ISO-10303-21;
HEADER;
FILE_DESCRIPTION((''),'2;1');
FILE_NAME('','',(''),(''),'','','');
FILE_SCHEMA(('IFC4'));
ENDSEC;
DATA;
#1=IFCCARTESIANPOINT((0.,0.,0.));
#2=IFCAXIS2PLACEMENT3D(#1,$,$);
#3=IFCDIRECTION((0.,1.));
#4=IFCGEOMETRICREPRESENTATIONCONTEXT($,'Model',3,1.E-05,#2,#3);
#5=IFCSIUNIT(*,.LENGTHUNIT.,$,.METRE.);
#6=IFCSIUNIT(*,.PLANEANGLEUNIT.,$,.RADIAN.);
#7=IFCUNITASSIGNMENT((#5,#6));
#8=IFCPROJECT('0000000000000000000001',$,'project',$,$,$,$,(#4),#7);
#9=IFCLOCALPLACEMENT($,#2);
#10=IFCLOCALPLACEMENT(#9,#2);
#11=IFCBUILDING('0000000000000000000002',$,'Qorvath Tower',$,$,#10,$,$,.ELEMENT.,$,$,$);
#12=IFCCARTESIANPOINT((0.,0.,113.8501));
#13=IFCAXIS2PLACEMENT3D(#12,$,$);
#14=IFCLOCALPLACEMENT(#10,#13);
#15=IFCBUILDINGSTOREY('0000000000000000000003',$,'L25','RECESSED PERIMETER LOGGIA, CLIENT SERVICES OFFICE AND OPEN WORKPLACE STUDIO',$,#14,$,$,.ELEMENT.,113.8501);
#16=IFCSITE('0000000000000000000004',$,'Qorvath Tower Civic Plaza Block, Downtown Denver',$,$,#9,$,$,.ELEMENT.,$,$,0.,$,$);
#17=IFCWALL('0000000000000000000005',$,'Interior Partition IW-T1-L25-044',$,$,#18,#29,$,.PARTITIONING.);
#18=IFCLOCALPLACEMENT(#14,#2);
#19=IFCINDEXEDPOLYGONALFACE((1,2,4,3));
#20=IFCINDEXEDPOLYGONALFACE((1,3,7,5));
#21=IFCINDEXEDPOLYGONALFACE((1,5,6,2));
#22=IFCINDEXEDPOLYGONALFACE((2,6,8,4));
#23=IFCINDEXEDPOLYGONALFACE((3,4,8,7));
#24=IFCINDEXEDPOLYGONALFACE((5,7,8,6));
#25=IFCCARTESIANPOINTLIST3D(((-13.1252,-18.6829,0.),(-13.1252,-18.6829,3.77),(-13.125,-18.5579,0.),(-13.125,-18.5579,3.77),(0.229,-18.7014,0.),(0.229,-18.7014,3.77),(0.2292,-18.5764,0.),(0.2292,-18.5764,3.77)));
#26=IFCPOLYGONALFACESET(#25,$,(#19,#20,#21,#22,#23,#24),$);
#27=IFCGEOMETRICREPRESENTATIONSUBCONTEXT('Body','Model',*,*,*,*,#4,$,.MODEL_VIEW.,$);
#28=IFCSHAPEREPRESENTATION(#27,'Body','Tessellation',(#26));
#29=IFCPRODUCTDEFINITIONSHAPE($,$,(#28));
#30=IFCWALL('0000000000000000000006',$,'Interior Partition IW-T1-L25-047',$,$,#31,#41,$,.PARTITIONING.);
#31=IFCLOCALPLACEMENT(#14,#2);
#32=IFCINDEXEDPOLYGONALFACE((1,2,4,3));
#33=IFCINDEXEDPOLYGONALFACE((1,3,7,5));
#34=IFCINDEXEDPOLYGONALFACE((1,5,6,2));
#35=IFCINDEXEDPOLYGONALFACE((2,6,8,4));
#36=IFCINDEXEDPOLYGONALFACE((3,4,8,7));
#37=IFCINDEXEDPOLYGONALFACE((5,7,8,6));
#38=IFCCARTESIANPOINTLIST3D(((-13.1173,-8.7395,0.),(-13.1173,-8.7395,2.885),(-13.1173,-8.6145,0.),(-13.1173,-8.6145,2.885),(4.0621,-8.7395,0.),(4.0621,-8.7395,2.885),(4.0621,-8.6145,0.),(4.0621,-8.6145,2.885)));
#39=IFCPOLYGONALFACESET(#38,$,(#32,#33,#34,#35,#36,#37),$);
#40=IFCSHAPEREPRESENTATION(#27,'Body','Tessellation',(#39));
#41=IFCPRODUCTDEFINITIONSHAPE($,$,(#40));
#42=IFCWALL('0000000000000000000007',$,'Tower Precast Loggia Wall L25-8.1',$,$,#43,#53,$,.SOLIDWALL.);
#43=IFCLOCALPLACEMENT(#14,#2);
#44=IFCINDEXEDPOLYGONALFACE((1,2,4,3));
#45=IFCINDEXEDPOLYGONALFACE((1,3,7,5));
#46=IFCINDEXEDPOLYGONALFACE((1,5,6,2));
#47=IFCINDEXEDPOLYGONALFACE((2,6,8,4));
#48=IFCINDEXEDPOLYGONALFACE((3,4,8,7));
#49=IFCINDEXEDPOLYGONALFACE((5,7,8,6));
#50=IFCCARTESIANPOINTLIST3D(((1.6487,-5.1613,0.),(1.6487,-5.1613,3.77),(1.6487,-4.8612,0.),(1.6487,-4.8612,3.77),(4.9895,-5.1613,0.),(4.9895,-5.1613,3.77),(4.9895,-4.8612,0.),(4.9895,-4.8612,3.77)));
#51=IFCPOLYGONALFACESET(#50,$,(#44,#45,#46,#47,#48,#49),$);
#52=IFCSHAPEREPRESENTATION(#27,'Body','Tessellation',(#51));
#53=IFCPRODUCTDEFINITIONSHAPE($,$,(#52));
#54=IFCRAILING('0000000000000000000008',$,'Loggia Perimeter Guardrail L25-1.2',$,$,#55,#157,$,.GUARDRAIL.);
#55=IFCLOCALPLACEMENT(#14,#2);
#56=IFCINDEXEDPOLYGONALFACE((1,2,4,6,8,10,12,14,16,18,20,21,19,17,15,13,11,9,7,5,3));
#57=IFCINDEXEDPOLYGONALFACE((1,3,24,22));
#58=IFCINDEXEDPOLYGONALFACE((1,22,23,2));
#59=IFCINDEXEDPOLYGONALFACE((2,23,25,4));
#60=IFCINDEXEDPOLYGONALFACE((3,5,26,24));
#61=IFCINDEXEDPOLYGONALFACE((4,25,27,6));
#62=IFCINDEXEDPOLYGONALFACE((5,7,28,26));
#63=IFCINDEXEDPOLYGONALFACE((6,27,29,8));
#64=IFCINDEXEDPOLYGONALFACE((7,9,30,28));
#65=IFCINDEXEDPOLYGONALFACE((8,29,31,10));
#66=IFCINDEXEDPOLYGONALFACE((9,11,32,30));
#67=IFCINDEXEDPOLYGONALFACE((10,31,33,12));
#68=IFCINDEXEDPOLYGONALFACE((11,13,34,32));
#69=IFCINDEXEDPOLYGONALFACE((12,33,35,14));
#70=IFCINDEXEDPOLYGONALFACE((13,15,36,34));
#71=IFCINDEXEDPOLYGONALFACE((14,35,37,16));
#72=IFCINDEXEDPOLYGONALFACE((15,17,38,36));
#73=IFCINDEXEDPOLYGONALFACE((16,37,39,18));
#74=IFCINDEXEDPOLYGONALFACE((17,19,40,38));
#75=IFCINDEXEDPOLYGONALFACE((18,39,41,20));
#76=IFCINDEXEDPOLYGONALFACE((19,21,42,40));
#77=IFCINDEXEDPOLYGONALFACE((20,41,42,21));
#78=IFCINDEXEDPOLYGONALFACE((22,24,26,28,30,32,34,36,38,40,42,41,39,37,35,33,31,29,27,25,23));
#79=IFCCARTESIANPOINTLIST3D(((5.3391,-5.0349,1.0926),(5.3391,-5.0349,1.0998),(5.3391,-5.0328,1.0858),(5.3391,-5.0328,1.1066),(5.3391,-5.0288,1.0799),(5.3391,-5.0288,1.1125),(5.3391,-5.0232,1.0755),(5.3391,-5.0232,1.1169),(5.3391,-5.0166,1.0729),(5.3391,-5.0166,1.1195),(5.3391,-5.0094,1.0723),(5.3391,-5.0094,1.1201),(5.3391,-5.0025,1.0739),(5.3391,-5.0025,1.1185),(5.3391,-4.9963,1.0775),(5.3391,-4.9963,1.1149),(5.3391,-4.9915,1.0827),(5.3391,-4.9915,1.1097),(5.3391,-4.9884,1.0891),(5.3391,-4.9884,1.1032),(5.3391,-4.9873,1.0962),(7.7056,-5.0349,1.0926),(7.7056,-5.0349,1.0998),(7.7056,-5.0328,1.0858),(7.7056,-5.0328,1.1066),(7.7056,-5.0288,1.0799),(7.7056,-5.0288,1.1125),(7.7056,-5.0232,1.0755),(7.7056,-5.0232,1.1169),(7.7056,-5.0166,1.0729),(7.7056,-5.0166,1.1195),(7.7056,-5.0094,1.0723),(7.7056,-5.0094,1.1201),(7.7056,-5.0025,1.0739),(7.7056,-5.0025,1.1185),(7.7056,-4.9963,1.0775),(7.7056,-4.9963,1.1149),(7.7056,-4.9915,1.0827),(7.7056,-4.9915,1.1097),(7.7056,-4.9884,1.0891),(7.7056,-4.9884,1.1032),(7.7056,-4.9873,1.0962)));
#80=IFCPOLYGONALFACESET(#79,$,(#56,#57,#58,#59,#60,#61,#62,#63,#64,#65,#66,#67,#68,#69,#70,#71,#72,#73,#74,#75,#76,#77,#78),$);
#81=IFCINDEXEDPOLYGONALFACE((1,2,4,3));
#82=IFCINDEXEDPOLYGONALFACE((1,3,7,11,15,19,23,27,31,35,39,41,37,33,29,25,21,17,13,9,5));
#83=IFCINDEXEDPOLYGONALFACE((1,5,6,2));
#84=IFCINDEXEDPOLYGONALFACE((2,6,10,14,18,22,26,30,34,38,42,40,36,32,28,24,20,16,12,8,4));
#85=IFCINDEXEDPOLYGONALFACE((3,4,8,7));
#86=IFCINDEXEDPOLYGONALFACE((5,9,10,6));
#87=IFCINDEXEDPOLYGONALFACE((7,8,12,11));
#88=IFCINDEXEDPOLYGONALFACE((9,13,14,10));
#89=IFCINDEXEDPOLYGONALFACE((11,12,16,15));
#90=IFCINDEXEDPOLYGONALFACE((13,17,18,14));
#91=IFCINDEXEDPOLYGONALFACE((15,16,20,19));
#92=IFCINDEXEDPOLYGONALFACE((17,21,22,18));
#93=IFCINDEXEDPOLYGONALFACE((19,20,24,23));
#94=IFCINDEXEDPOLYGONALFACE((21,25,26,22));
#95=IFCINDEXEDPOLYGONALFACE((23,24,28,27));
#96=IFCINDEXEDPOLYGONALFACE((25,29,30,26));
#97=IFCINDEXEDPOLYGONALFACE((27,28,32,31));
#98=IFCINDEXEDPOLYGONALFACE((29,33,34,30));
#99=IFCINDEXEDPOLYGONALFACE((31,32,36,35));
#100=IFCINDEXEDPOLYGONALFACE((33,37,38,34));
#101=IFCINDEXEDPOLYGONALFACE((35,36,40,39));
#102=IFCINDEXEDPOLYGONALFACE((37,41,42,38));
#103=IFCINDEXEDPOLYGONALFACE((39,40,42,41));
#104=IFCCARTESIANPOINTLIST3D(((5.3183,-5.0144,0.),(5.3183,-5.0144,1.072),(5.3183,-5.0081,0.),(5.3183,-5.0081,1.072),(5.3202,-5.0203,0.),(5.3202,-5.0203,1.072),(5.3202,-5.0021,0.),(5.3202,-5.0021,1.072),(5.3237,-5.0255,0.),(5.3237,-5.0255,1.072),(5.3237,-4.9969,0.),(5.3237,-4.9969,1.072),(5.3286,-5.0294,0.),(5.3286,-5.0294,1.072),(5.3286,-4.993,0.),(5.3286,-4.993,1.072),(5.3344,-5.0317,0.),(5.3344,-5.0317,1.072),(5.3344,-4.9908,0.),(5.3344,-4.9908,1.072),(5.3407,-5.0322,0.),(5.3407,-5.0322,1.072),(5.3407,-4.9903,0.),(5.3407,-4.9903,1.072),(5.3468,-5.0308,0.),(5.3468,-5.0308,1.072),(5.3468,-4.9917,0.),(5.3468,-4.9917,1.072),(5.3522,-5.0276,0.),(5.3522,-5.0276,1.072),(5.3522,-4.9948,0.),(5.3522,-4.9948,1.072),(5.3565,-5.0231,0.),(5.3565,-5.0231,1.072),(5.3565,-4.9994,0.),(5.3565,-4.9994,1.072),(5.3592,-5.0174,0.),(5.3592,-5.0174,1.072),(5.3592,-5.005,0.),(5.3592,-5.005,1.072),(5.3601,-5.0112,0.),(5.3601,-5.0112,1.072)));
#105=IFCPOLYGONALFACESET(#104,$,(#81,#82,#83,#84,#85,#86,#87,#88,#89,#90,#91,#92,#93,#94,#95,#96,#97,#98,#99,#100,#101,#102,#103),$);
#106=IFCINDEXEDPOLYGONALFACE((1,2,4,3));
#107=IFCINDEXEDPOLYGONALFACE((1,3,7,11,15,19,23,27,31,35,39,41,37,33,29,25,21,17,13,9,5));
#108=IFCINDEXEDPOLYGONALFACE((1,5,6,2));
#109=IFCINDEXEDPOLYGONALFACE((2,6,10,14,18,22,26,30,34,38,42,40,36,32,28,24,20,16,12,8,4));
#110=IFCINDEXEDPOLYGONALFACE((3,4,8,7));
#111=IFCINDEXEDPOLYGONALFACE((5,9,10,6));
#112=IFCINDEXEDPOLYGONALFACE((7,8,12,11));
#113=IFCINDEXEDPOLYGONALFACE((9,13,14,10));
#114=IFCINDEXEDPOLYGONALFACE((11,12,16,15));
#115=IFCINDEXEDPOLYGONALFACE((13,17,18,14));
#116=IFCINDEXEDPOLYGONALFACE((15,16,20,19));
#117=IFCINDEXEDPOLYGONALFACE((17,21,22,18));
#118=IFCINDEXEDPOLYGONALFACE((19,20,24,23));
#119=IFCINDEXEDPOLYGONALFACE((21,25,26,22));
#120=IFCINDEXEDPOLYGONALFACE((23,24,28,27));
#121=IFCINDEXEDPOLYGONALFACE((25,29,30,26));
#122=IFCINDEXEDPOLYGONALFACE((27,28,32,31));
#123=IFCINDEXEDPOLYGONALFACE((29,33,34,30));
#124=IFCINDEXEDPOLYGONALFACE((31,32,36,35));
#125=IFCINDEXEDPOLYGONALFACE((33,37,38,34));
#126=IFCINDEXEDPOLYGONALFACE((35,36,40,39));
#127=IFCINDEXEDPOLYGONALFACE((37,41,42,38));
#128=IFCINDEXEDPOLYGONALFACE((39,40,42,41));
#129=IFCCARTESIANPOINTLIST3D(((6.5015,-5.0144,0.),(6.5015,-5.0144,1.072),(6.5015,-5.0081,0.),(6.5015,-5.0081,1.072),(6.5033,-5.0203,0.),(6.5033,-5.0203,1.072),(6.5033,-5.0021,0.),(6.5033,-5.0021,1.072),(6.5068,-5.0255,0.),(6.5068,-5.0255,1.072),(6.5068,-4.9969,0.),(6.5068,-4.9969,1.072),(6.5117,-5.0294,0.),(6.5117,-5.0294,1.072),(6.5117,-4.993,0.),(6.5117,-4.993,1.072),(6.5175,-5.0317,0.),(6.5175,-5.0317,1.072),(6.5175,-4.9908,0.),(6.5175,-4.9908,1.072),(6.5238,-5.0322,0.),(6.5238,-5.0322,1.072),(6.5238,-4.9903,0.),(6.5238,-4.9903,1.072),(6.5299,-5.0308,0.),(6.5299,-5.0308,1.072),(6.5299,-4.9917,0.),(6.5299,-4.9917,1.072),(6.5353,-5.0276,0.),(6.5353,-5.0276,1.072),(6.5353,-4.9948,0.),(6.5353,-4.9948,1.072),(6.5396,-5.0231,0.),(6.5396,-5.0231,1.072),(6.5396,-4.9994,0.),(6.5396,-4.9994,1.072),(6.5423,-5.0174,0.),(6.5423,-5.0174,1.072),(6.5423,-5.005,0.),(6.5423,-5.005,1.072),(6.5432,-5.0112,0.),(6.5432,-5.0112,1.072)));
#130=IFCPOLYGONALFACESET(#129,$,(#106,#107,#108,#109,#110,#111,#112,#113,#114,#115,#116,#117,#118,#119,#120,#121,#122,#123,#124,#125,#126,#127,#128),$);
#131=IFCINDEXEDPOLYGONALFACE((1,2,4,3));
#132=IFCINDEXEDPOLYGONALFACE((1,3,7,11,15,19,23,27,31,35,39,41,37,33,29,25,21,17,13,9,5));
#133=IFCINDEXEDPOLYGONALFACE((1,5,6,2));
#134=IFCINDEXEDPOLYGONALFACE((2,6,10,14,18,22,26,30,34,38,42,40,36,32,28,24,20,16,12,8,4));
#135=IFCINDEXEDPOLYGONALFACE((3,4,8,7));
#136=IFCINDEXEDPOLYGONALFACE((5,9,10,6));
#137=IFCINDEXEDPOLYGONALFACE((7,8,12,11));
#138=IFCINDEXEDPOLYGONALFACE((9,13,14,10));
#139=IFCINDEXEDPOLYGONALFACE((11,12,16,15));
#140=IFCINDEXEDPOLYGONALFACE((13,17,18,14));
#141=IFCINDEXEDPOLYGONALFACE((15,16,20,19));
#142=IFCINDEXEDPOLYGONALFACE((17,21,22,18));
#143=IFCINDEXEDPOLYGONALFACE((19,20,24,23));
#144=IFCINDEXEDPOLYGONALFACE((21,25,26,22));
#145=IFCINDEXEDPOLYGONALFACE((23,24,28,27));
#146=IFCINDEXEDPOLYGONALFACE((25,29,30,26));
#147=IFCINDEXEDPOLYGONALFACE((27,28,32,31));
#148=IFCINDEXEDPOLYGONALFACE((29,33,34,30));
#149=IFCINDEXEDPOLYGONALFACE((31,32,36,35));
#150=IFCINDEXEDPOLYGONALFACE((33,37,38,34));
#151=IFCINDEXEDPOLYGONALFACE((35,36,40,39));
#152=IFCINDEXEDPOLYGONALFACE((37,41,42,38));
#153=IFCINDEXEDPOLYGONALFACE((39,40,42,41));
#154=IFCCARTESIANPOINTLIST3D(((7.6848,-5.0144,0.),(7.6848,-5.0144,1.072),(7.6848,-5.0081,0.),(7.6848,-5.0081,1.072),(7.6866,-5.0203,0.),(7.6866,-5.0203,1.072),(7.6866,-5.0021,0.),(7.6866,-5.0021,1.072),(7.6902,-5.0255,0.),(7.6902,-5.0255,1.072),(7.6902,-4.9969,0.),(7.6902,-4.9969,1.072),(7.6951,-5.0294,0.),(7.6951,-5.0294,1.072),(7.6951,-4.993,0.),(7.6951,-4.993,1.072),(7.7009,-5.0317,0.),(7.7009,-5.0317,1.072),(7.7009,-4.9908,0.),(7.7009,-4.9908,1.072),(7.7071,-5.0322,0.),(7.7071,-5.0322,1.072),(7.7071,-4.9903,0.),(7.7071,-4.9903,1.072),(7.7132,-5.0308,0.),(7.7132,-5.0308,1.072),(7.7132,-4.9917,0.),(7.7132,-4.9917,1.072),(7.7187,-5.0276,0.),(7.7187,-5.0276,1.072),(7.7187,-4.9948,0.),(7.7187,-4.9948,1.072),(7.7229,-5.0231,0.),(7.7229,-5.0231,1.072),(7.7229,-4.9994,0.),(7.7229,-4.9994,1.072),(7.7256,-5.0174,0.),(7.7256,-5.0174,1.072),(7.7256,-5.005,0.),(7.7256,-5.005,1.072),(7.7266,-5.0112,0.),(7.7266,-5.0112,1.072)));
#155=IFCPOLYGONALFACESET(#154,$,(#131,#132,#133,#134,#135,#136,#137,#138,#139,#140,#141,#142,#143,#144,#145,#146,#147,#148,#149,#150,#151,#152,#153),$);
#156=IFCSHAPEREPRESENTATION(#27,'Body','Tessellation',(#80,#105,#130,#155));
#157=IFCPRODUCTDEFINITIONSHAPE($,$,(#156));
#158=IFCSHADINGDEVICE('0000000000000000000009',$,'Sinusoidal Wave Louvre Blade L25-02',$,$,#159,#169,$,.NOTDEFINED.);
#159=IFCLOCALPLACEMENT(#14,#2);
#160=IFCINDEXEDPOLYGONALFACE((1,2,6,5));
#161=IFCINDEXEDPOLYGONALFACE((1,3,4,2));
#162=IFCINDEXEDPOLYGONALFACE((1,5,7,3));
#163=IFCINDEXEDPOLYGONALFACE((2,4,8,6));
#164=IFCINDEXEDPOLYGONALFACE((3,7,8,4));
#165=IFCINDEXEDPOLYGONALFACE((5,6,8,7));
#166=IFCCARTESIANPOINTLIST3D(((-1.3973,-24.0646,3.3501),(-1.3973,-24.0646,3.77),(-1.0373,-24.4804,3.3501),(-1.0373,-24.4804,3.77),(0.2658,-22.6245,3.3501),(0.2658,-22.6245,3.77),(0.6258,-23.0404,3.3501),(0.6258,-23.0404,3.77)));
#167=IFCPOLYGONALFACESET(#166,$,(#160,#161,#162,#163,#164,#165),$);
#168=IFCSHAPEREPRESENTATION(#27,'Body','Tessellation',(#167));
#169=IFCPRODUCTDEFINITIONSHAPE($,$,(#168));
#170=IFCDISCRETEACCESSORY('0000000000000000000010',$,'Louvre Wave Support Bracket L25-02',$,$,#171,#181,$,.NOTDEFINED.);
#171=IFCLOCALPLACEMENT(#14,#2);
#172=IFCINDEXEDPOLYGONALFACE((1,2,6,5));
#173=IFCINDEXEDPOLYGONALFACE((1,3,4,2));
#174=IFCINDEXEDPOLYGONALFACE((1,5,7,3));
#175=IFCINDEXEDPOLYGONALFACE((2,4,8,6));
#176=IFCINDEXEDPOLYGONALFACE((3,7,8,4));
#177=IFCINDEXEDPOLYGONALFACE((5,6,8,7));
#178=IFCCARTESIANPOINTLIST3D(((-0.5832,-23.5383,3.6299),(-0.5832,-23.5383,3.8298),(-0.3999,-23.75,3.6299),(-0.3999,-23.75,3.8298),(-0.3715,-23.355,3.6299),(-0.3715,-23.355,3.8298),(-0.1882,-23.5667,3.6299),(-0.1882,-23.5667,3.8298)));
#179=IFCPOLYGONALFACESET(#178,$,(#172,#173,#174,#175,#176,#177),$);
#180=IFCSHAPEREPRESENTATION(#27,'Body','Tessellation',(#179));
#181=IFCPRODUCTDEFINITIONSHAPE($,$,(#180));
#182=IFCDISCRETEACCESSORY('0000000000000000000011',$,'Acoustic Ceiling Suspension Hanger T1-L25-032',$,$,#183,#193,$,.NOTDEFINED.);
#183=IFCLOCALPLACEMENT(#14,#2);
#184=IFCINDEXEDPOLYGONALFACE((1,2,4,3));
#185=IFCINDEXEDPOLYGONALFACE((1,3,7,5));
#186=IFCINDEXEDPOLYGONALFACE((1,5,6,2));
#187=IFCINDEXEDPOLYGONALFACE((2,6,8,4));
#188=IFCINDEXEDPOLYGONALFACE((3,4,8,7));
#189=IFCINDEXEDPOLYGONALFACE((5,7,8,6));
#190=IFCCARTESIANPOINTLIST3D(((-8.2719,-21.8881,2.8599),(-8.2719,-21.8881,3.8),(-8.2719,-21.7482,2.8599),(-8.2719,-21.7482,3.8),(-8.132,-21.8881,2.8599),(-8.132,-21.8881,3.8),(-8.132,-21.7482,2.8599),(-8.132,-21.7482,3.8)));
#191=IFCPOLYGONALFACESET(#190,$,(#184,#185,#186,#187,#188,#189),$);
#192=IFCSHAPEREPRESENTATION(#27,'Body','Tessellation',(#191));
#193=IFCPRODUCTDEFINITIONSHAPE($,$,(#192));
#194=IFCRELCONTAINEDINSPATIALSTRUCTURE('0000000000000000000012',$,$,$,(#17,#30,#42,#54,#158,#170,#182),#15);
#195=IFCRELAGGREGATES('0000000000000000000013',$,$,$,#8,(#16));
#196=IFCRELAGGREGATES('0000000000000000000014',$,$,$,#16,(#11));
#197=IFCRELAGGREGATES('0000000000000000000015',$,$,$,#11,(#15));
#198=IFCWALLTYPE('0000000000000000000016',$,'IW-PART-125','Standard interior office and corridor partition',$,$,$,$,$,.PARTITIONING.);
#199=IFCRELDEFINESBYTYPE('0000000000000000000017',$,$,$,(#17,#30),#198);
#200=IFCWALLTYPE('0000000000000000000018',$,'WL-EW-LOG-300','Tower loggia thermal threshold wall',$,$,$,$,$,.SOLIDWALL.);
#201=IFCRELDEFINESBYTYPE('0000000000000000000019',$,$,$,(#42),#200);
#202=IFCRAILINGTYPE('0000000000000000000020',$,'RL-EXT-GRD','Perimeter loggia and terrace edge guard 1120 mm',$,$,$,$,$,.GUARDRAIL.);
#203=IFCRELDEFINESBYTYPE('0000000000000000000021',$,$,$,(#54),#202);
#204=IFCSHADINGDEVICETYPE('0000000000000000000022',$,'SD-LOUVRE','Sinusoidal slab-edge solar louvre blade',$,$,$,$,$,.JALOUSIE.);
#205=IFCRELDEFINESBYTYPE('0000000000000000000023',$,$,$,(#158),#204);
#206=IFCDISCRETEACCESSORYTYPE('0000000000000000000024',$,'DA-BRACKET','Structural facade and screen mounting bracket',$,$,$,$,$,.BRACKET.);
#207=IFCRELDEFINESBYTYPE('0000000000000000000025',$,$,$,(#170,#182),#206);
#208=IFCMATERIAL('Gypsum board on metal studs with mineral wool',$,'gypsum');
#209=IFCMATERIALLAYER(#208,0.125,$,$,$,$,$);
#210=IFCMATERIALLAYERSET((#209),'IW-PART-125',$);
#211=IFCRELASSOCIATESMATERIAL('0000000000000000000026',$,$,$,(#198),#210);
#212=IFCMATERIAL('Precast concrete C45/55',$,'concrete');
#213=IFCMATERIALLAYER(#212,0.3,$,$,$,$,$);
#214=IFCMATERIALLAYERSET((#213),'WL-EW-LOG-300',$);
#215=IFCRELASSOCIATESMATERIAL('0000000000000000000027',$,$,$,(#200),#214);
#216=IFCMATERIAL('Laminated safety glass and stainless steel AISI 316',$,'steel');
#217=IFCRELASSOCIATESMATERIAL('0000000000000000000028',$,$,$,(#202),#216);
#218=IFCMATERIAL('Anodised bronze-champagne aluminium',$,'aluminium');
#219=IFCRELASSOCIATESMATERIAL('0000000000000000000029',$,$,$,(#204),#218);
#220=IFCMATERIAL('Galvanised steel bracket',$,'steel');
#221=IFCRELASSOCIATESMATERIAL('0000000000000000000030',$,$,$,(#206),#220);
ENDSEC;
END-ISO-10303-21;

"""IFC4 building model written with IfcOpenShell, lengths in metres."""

from ifc_helpers import new_model, si_unit, direction, frame, frame_2d, origin, origin_2d, place, context, subcontext, project, spatial, rectangle, circle, extrude, material, layer, layer_set, type_object, element, save


model = new_model("IFC4")

# Units and contexts
model_context = context("Model", 3, precision=1e-05, world=origin(), true_north=direction((0.0, 1.0)))
body_context = subcontext(model_context, "Body", "Model", "MODEL_VIEW")
ifc_project = project(units=[si_unit("LENGTHUNIT", "METRE"), si_unit("PLANEANGLEUNIT", "RADIAN")], contexts=[model_context])

# Site, building, storey
site_placement = place(None, origin())
site = spatial("IfcSite", under=ifc_project, at=site_placement, Name="Qorvath Tower Civic Plaza Block, Downtown Denver", CompositionType="ELEMENT", RefElevation=0.0)
building_placement = place(site_placement, origin())
building = spatial("IfcBuilding", under=site, at=building_placement, Name="Qorvath Tower", CompositionType="ELEMENT")
storey_placement = place(building_placement, frame((0.0, 0.0, 113.8501)))
storey = spatial("IfcBuildingStorey", under=building, at=storey_placement, Name="L25", Description="RECESSED PERIMETER LOGGIA, CLIENT SERVICES OFFICE AND OPEN WORKPLACE STUDIO", CompositionType="ELEMENT", Elevation=113.8501)

# Walls
ifc_material_1 = material(Name="Gypsum board on metal studs with mineral wool", Category="gypsum")
ifc_layer_1 = layer(ifc_material_1, 0.125)
ifc_layer_set_1 = layer_set([ifc_layer_1], Name="IW-PART-125")
wall_type_1 = type_object("IfcWallType", Name="IW-PART-125", Description="Standard interior office and corridor partition", PredefinedType="PARTITIONING", material=ifc_layer_set_1)
wall_1_placement = place(storey_placement, frame((0.2292, -18.6389, 0.0), z_axis=(0.0, 0.0, 1.0), x_axis=(-0.999999, 0.001389, 0.0)))
element("IfcWall", 1, at=wall_1_placement, inside=storey, type_object=wall_type_1, Name="Interior Partition IW-T1-L25-044", PredefinedType="PARTITIONING", context=body_context, shape_type="SweptSolid", body=[
    extrude(rectangle(XDim=13.3542, YDim=0.125, at=frame_2d((6.6772, 0.0))), origin(), (0.0, 0.0, 1.0), 3.77),
])
wall_2_placement = place(storey_placement, frame((4.0623, -8.677, 0.0), z_axis=(0.0, 0.0, 1.0), x_axis=(-1.0, 0.0, 0.0)))
element("IfcWall", 2, at=wall_2_placement, inside=storey, type_object=wall_type_1, Name="Interior Partition IW-T1-L25-047", PredefinedType="PARTITIONING", context=body_context, shape_type="SweptSolid", body=[
    extrude(rectangle(XDim=17.1794, YDim=0.125, at=frame_2d((8.5898, 0.0))), origin(), (0.0, 0.0, 1.0), 2.885),
])
ifc_material_2 = material(Name="Precast concrete C45/55", Category="concrete")
ifc_layer_2 = layer(ifc_material_2, 0.3)
ifc_layer_set_2 = layer_set([ifc_layer_2], Name="WL-EW-LOG-300")
wall_type_2 = type_object("IfcWallType", Name="WL-EW-LOG-300", Description="Tower loggia thermal threshold wall", PredefinedType="SOLIDWALL", material=ifc_layer_set_2)
wall_3_placement = place(storey_placement, frame((4.9895, -5.0112, 0.0), z_axis=(0.0, 0.0, 1.0), x_axis=(-1.0, 0.0, 0.0)))
element("IfcWall", 3, at=wall_3_placement, inside=storey, type_object=wall_type_2, Name="Tower Precast Loggia Wall L25-8.1", PredefinedType="SOLIDWALL", context=body_context, shape_type="SweptSolid", body=[
    extrude(rectangle(XDim=3.3408, YDim=0.3, at=frame_2d((1.6704, 0.0))), origin(), (0.0, 0.0, 1.0), 3.77),
])

# Railing
ifc_material_3 = material(Name="Laminated safety glass and stainless steel AISI 316", Category="steel")
railing_type = type_object("IfcRailingType", Name="RL-EXT-GRD", Description="Perimeter loggia and terrace edge guard 1120 mm", PredefinedType="GUARDRAIL", material=ifc_material_3)
railing_1_placement = place(storey_placement, frame((5.3391, -5.0112, 0.0)))
element("IfcRailing", 4, at=railing_1_placement, inside=storey, type_object=railing_type, Name="Loggia Perimeter Guardrail L25-1.2", PredefinedType="GUARDRAIL", context=body_context, shape_type="SweptSolid", body=[
    extrude(circle(Radius=0.0239, at=origin_2d()), frame((0.0, 0.0, 1.0962), z_axis=(1.0, 0.0, 0.0), x_axis=(0.0, 1.0, 0.0)), (0.0, 0.0, 1.0), 2.3665),
    extrude(circle(Radius=0.021, at=origin_2d()), origin(), (0.0, 0.0, 1.0), 1.072),
    extrude(circle(Radius=0.021, at=origin_2d()), frame((1.1831, 0.0, 0.0)), (0.0, 0.0, 1.0), 1.072),
    extrude(circle(Radius=0.021, at=origin_2d()), frame((2.3665, 0.0, 0.0)), (0.0, 0.0, 1.0), 1.072),
])

# Shading device
ifc_material_4 = material(Name="Anodised bronze-champagne aluminium", Category="aluminium")
shading_device_type = type_object("IfcShadingDeviceType", Name="SD-LOUVRE", Description="Sinusoidal slab-edge solar louvre blade", PredefinedType="JALOUSIE", material=ifc_material_4)
shading_device_placement = place(storey_placement, frame((-0.3857, -23.5525, 3.3501), z_axis=(0.0, 0.0, 1.0), x_axis=(0.755975, 0.654601, 0.0)))
element("IfcShadingDevice", 5, at=shading_device_placement, inside=storey, type_object=shading_device_type, Name="Sinusoidal Wave Louvre Blade L25-02", PredefinedType="NOTDEFINED", context=body_context, shape_type="SweptSolid", body=[
    extrude(rectangle(XDim=2.2, YDim=0.55, at=origin_2d()), origin(), (0.0, 0.0, 1.0), 0.4199),
])

# Discrete accessories
ifc_material_5 = material(Name="Galvanised steel bracket", Category="steel")
discrete_accessory_type = type_object("IfcDiscreteAccessoryType", Name="DA-BRACKET", Description="Structural facade and screen mounting bracket", PredefinedType="BRACKET", material=ifc_material_5)
discrete_accessory_placement = place(storey_placement, frame((-0.3857, -23.5525, 3.6299), z_axis=(0.0, 0.0, 1.0), x_axis=(0.755975, 0.654601, 0.0)))
element("IfcDiscreteAccessory", 6, at=discrete_accessory_placement, inside=storey, type_object=discrete_accessory_type, Name="Louvre Wave Support Bracket L25-02", PredefinedType="NOTDEFINED", context=body_context, shape_type="SweptSolid", body=[
    extrude(rectangle(XDim=0.28, YDim=0.28, at=origin_2d()), origin(), (0.0, 0.0, 1.0), 0.2),
])
for number, where, z_axis, x_axis, name in (
    (7, (-8.2019, -21.8181, 2.8599), (0.0, 0.0, 1.0), (1.0, 0.0, 0.0), "Acoustic Ceiling Suspension Hanger T1-L25-032"),
):
    element("IfcDiscreteAccessory", number, at=place(storey_placement, frame(where, z_axis=z_axis, x_axis=x_axis)), inside=storey, type_object=discrete_accessory_type, Name=name, PredefinedType="NOTDEFINED", context=body_context, shape_type="SweptSolid", body=[
        extrude(rectangle(XDim=0.1399, YDim=0.1399, at=origin_2d()), origin(), (0.0, 0.0, 1.0), 0.9402),
    ])

save(model, "model.ifc")
